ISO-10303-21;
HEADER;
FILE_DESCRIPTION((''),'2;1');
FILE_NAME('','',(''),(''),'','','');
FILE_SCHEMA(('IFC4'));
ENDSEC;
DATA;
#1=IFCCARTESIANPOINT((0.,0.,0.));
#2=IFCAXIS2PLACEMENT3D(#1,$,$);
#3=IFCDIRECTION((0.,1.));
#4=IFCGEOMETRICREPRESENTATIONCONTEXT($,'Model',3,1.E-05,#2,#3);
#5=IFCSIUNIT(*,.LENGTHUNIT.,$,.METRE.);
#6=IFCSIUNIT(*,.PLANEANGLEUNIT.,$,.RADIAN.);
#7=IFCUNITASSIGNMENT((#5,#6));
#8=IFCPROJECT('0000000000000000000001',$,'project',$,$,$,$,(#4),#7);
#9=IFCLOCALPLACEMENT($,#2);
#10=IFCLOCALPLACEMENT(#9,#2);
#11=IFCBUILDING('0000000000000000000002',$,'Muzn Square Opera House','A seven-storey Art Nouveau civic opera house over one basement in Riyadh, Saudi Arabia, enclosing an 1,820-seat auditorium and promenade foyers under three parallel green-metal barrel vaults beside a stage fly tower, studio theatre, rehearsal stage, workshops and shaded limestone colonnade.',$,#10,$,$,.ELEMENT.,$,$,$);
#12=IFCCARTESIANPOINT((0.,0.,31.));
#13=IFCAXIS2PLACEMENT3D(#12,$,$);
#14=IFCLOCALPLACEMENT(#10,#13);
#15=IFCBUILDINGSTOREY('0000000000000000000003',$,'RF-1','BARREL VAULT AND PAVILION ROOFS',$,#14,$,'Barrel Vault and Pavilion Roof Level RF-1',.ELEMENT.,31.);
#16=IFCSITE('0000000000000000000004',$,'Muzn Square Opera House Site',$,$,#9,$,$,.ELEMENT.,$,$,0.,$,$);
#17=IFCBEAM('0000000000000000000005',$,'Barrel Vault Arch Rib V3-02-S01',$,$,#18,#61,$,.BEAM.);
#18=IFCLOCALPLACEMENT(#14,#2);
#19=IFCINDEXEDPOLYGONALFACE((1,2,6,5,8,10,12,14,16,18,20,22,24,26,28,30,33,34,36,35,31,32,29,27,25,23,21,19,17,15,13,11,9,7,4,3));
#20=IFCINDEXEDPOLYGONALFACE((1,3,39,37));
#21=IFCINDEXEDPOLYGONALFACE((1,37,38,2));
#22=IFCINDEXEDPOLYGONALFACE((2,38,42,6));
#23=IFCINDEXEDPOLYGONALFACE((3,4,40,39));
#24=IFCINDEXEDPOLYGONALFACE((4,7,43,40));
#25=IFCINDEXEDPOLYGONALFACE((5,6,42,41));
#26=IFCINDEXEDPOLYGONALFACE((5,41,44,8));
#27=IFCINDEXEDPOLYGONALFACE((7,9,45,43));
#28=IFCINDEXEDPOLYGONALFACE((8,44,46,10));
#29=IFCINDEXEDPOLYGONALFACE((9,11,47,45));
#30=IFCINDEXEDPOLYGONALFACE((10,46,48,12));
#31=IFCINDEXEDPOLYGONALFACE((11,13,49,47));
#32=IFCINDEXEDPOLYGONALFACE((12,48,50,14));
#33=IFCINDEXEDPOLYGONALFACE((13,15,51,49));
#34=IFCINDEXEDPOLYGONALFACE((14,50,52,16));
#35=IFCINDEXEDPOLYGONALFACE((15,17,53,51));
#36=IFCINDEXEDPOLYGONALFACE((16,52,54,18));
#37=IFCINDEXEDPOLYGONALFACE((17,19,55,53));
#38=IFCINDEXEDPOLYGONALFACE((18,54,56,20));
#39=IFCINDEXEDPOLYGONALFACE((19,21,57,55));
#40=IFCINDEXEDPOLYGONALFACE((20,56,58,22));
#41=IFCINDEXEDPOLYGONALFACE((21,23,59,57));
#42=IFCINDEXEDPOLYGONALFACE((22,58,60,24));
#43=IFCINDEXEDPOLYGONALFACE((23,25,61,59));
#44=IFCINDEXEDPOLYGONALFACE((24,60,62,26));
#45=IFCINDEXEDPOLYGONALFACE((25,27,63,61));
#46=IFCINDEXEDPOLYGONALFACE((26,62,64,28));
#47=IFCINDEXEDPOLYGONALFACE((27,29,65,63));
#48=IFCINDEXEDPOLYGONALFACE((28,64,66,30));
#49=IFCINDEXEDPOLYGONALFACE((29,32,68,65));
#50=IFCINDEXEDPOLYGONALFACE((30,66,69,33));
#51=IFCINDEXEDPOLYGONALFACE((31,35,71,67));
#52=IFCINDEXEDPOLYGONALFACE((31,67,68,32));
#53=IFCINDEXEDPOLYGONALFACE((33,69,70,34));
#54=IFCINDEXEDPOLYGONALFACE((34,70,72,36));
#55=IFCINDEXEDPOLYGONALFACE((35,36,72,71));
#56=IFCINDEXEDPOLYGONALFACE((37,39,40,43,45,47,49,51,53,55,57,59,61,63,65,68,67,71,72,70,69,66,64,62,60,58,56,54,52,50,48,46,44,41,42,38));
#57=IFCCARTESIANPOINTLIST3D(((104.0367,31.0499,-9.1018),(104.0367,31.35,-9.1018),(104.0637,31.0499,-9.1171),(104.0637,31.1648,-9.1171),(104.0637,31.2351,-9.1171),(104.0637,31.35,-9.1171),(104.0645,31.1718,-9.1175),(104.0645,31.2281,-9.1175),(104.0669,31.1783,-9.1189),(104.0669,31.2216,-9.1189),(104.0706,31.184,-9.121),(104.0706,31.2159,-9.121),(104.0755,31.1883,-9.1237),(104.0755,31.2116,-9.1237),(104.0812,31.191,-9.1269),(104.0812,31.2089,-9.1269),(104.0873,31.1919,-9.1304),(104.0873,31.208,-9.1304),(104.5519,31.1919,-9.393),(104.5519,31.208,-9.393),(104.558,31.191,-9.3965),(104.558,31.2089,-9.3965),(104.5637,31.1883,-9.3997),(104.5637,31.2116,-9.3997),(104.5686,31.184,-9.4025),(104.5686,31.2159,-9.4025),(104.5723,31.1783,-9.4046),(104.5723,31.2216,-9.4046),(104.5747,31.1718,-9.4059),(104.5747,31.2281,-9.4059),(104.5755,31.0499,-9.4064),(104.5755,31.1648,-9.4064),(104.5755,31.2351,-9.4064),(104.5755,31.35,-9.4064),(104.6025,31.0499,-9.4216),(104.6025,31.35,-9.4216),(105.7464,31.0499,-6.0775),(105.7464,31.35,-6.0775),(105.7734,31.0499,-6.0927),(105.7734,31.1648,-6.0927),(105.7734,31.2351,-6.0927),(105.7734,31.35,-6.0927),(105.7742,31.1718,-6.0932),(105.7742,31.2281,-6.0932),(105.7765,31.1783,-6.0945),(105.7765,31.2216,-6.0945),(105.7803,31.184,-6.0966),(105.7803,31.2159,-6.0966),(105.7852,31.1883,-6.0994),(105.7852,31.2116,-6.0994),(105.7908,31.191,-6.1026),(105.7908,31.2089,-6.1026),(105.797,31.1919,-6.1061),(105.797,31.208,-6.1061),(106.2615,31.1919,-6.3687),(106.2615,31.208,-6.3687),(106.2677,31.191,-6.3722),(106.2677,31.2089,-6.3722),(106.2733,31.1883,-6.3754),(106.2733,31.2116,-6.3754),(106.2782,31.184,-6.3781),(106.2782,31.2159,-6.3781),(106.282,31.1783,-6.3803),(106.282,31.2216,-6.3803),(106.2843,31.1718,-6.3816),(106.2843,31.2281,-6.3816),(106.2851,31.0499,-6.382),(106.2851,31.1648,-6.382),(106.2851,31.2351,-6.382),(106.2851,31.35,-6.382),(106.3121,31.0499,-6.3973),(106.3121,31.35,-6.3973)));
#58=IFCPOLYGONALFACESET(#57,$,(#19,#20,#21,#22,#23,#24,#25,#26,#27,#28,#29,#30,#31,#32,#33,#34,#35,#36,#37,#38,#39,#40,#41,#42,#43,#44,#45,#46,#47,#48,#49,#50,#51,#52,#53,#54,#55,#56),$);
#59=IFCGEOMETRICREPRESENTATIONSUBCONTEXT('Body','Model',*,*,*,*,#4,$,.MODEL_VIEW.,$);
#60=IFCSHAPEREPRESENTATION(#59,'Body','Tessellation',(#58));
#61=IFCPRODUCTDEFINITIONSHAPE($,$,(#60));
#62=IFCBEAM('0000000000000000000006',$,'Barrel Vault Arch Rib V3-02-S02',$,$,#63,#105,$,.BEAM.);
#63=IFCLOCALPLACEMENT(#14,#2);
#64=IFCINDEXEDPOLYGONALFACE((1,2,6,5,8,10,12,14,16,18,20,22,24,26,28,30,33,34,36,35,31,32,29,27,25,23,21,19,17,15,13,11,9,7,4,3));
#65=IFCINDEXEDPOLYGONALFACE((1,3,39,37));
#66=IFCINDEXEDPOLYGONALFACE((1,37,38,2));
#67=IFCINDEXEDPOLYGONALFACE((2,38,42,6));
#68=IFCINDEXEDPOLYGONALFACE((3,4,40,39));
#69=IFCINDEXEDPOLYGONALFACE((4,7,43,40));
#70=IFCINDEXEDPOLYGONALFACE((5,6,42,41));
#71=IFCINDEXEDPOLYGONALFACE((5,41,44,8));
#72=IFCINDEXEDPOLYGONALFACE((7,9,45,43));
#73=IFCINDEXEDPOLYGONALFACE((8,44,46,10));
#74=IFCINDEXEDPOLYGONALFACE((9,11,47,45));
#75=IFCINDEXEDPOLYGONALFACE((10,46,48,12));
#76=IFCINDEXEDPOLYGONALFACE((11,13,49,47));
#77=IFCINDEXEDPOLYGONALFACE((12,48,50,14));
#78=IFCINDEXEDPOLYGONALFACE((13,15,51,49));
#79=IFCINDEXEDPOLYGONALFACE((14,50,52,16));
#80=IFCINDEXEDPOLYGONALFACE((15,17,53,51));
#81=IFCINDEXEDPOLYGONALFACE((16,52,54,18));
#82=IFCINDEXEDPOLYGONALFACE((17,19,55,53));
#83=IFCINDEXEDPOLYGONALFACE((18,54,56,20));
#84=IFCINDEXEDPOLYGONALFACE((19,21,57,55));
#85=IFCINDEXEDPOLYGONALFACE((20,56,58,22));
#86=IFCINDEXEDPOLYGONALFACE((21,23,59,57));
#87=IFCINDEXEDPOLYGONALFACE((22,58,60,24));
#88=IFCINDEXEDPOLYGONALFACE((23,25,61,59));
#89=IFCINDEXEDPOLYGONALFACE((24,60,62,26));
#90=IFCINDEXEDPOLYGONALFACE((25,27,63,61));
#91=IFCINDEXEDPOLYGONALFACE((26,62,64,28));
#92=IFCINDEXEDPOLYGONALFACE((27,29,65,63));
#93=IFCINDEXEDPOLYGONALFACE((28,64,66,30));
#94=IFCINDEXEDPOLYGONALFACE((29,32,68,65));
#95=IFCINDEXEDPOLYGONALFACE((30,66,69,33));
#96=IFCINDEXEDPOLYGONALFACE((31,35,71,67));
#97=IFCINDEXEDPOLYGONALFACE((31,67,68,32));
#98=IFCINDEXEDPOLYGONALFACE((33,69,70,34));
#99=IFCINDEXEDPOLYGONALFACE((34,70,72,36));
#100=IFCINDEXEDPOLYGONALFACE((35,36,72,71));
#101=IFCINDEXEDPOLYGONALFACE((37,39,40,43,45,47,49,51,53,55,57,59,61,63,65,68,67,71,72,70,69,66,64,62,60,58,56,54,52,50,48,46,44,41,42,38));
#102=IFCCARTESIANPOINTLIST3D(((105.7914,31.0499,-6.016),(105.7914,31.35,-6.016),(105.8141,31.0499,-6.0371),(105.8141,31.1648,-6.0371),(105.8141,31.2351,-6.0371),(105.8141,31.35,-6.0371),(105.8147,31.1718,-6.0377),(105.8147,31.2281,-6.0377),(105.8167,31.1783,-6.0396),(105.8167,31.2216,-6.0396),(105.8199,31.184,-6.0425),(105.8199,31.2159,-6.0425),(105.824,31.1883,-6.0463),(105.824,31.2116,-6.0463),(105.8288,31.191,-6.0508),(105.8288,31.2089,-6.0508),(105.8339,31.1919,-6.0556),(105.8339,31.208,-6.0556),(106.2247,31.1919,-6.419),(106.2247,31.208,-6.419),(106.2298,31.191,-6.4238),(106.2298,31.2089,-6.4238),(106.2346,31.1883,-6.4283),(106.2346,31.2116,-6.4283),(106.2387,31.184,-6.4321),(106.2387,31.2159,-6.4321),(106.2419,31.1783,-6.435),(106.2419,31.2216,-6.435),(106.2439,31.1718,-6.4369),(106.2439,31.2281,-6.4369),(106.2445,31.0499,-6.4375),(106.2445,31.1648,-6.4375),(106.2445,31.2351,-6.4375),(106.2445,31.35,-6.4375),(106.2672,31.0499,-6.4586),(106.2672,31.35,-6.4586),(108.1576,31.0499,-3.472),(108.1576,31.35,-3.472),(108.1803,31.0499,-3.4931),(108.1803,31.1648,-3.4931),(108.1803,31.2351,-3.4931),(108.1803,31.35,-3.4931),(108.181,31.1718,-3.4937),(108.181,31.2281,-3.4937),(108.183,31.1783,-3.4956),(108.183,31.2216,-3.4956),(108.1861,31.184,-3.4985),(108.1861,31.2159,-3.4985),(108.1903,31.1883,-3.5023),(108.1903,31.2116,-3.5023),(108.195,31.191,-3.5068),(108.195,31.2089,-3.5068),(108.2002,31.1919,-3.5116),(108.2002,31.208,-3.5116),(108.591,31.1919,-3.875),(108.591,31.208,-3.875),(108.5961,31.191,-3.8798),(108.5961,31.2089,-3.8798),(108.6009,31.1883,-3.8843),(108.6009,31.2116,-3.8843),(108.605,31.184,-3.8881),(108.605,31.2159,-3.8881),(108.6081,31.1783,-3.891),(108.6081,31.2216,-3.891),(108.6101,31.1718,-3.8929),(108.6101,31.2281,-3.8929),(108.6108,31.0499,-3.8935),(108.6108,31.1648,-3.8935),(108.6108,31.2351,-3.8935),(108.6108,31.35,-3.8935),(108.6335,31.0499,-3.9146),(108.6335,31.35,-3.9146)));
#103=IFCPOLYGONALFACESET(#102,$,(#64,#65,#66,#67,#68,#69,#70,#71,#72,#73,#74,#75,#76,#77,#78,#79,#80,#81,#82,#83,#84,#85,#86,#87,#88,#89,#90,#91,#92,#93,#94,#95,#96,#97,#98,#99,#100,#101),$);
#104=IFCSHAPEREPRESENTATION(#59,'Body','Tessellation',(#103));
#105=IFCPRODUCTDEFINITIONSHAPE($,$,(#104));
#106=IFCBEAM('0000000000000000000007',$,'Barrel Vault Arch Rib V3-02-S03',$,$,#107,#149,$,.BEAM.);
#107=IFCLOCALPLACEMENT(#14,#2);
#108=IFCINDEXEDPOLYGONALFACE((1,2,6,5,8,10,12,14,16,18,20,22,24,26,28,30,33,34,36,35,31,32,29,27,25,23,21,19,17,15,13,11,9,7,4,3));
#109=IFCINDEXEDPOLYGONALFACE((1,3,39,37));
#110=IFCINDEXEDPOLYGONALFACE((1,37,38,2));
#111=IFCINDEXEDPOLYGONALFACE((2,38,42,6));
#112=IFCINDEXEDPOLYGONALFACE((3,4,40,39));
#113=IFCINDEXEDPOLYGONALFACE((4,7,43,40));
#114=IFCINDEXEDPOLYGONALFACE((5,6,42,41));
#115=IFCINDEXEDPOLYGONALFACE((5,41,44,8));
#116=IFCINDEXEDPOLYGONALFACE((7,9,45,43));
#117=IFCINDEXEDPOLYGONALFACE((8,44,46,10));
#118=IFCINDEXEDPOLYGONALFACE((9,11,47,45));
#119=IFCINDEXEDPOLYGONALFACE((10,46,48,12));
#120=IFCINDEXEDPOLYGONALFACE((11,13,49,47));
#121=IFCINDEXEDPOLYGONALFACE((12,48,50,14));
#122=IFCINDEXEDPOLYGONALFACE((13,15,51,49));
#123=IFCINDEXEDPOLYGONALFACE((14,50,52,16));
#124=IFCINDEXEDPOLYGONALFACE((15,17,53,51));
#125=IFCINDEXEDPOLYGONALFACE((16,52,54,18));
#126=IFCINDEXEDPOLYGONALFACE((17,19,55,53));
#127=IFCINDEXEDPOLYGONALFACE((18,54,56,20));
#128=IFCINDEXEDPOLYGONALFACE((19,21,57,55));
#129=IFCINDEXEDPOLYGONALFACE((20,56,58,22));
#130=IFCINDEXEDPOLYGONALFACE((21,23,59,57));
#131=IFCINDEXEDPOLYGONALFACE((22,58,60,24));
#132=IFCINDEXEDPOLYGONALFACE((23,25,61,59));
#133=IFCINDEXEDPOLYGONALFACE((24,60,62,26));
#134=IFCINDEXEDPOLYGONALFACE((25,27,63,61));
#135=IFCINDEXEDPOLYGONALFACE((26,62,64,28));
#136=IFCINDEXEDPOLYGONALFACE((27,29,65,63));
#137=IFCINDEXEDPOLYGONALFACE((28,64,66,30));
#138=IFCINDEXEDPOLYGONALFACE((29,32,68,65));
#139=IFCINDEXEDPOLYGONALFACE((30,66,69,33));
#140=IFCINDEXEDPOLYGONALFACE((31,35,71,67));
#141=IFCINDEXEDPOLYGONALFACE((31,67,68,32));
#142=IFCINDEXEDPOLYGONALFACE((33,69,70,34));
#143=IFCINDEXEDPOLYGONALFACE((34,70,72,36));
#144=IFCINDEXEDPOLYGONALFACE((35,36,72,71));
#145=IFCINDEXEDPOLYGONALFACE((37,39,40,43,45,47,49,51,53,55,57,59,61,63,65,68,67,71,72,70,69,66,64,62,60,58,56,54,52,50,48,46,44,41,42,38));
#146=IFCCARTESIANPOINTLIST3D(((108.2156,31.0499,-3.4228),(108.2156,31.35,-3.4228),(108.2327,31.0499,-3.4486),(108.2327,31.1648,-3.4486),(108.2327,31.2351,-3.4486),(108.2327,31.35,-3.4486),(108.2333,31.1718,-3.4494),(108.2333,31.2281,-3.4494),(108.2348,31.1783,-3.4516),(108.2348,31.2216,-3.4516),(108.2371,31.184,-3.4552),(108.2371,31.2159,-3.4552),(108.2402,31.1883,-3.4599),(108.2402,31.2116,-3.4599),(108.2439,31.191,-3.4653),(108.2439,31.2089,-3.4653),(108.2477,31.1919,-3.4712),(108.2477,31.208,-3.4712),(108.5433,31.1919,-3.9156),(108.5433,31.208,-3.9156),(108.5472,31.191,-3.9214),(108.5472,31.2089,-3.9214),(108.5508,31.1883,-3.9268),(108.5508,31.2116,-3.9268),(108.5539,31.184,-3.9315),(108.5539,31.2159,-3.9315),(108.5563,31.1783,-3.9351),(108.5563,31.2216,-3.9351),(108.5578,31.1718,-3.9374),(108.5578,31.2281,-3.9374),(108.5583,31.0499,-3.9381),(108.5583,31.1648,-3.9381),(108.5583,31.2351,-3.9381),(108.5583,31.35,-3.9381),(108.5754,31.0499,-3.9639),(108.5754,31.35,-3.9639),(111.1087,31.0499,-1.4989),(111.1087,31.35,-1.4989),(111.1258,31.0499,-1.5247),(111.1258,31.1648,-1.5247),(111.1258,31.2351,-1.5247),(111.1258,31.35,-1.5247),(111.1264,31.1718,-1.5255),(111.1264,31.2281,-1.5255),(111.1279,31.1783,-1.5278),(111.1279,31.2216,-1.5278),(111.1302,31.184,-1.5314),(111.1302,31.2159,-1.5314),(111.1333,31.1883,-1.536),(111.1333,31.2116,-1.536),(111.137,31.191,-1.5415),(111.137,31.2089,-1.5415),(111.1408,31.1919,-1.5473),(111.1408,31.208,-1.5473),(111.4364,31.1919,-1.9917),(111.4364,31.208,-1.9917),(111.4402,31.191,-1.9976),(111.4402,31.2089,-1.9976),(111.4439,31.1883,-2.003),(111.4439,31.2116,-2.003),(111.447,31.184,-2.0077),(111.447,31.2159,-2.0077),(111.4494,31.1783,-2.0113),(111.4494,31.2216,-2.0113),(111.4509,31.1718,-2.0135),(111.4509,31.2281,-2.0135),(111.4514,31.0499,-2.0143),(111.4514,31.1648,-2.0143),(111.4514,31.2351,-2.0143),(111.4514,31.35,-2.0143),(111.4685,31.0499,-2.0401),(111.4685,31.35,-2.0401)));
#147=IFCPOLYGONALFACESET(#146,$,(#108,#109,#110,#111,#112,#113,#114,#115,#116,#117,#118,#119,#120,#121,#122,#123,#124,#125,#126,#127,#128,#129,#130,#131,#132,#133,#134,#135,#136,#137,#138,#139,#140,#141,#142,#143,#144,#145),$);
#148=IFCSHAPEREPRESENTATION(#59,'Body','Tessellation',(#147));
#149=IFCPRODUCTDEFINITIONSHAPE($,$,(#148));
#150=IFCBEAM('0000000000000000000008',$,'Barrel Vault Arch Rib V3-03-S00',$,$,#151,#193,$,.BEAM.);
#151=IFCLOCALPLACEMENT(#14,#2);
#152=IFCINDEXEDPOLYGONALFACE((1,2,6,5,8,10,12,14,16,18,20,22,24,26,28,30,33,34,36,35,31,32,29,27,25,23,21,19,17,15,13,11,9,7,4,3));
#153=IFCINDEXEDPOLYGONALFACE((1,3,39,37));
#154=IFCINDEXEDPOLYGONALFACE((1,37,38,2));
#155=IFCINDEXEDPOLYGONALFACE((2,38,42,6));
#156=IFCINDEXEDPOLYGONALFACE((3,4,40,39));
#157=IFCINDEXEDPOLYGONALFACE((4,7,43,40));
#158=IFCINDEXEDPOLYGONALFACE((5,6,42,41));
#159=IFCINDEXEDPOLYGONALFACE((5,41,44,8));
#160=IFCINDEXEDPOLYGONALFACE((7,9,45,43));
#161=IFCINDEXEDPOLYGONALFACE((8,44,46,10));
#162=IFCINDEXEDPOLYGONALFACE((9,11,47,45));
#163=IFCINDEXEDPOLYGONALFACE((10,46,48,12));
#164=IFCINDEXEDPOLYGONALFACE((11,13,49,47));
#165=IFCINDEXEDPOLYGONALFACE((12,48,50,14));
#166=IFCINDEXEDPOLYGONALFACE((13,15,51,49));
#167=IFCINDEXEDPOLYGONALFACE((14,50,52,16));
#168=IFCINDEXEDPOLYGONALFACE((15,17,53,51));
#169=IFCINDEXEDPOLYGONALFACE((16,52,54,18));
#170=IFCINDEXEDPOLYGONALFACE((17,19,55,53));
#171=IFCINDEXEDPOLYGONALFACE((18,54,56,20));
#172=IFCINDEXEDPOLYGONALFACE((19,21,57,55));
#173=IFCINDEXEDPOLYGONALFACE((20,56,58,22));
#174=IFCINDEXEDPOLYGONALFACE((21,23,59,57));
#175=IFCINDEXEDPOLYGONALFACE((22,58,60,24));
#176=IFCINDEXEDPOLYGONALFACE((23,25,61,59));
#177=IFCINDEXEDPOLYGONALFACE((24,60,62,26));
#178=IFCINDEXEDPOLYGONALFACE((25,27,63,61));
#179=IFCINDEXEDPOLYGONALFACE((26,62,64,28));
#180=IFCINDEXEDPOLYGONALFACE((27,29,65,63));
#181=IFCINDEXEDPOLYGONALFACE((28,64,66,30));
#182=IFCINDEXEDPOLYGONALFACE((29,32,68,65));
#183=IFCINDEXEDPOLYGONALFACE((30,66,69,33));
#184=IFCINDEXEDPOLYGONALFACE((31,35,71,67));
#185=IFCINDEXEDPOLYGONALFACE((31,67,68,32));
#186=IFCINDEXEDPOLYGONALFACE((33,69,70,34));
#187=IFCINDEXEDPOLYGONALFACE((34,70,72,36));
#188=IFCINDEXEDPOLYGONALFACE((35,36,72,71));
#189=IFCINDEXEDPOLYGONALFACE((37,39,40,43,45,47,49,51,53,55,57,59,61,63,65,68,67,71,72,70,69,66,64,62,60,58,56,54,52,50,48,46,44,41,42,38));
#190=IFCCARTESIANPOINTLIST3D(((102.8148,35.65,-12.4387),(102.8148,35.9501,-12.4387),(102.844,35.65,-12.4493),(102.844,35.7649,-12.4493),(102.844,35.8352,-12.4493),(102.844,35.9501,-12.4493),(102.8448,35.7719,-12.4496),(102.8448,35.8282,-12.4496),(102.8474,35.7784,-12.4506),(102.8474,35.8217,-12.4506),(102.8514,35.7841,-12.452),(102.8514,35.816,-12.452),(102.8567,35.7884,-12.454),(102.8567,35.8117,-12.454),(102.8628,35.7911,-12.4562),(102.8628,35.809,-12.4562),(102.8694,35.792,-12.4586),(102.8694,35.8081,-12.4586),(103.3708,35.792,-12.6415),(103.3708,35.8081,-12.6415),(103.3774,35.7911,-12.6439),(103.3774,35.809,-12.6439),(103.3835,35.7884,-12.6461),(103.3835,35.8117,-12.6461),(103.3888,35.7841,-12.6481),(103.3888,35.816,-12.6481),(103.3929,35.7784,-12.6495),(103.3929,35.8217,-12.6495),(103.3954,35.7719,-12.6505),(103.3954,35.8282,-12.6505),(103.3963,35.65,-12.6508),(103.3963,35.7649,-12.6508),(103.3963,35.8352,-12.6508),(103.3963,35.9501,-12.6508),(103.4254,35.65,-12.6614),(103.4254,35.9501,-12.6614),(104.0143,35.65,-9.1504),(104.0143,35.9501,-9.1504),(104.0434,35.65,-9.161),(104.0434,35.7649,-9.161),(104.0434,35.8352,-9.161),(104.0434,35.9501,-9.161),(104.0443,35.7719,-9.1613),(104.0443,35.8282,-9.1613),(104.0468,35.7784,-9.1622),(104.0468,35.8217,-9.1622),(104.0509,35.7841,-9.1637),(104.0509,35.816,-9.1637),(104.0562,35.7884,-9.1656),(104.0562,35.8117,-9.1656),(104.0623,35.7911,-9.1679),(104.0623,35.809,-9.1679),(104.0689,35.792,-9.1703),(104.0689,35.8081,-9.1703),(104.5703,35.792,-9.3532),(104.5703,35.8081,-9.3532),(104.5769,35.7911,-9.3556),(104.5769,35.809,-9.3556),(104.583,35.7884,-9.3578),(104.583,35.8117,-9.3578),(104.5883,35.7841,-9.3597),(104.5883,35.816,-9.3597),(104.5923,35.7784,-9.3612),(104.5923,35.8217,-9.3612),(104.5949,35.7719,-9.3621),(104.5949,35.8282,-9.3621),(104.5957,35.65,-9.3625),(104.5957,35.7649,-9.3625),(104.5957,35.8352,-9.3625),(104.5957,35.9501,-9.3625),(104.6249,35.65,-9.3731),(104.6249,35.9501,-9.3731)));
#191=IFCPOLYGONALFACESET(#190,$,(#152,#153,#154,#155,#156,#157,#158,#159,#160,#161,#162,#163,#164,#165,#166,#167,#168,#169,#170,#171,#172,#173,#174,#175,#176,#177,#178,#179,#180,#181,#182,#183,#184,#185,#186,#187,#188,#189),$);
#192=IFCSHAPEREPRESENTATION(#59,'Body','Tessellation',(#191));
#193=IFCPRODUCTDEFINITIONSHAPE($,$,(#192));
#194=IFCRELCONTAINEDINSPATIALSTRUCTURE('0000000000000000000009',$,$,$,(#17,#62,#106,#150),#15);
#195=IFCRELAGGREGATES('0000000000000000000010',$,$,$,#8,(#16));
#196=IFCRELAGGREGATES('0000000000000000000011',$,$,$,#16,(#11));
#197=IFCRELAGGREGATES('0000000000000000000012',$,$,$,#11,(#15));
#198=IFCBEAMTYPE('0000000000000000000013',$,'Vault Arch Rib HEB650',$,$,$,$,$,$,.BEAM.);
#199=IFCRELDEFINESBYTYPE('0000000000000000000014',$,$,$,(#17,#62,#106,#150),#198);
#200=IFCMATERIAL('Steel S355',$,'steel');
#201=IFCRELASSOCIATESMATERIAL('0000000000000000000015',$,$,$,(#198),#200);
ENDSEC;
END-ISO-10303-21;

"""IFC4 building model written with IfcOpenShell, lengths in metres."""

from ifc_helpers import new_model, si_unit, direction, frame, origin, origin_2d, place, context, subcontext, project, spatial, i_section, extrude, material, material_profile, profile_set, type_object, element, save


model = new_model("IFC4")

# Units and contexts
model_context = context("Model", 3, precision=1e-05, world=origin(), true_north=direction((0.0, 1.0)))
body_context = subcontext(model_context, "Body", "Model", "MODEL_VIEW")
ifc_project = project(units=[si_unit("LENGTHUNIT", "METRE"), si_unit("PLANEANGLEUNIT", "RADIAN")], contexts=[model_context])

# Site, building, storey
site_placement = place(None, origin())
site = spatial("IfcSite", under=ifc_project, at=site_placement, Name="Muzn Square Opera House Site", CompositionType="ELEMENT", RefElevation=0.0)
building_placement = place(site_placement, origin())
building = spatial("IfcBuilding", under=site, at=building_placement, Name="Muzn Square Opera House", Description="A seven-storey Art Nouveau civic opera house over one basement in Riyadh, Saudi Arabia, enclosing an 1,820-seat auditorium and promenade foyers under three parallel green-metal barrel vaults beside a stage fly tower, studio theatre, rehearsal stage, workshops and shaded limestone colonnade.", CompositionType="ELEMENT")
storey_placement = place(building_placement, frame((0.0, 0.0, 31.0)))
storey = spatial("IfcBuildingStorey", under=building, at=storey_placement, Name="RF-1", Description="BARREL VAULT AND PAVILION ROOFS", LongName="Barrel Vault and Pavilion Roof Level RF-1", CompositionType="ELEMENT", Elevation=31.0)

# Beams
ifc_material_1 = material(Name="Steel S355", Category="steel")
ifc_material_profile_1 = material_profile(ifc_material_1, i_section(OverallWidth=0.3, OverallDepth=0.6499, WebThickness=0.0161, FlangeThickness=0.031, FilletRadius=0.0271, at=origin_2d()), Name="HEB 650", Category="steel")
ifc_profile_set_1 = profile_set([ifc_material_profile_1], Name="Steel S355")
beam_type_1 = type_object("IfcBeamType", Name="Vault Arch Rib HEB650", PredefinedType="BEAM", material=ifc_profile_set_1)
beam_1_placement = place(storey_placement, frame((104.3196, 31.2, -9.2617), z_axis=(0.492115, 0.0, 0.87053), x_axis=(0.0, 1.0, 0.0)))
element("IfcBeam", 1, at=beam_1_placement, inside=storey, type_object=beam_type_1, Name="Barrel Vault Arch Rib V3-02-S01", PredefinedType="BEAM", context=body_context, shape_type="SweptSolid", body=[
    extrude(i_section(OverallWidth=0.3, OverallDepth=0.6499, WebThickness=0.0161, FlangeThickness=0.031, FilletRadius=0.0271, at=origin_2d()), origin(), (0.0, 0.0, 1.0), 3.4741),
])
for number, where, z_axis, x_axis, name in (
    (2, (106.0293, 31.2, -6.2373), (0.681065, 0.0, 0.732223), (0.0, 1.0, 0.0), "Barrel Vault Arch Rib V3-02-S02"),
    (3, (108.3955, 31.2, -3.6934), (0.832698, 0.0, 0.553727), (0.0, 1.0, 0.0), "Barrel Vault Arch Rib V3-02-S03"),
):
    element("IfcBeam", number, at=place(storey_placement, frame(where, z_axis=z_axis, x_axis=x_axis)), inside=storey, type_object=beam_type_1, Name=name, PredefinedType="BEAM", context=body_context, shape_type="SweptSolid", body=[
        extrude(i_section(OverallWidth=0.3, OverallDepth=0.6499, WebThickness=0.0161, FlangeThickness=0.031, FilletRadius=0.0271, at=origin_2d()), origin(), (0.0, 0.0, 1.0), 3.4744),
    ])
beam_2_placement = place(storey_placement, frame((103.1201, 35.8, -12.55), z_axis=(0.342678, 0.0, 0.939453), x_axis=(0.0, 1.0, 0.0)))
element("IfcBeam", 4, at=beam_2_placement, inside=storey, type_object=beam_type_1, Name="Barrel Vault Arch Rib V3-03-S00", PredefinedType="BEAM", context=body_context, shape_type="SweptSolid", body=[
    extrude(i_section(OverallWidth=0.3, OverallDepth=0.6499, WebThickness=0.0161, FlangeThickness=0.031, FilletRadius=0.0271, at=origin_2d()), origin(), (0.0, 0.0, 1.0), 3.5002),
])

save(model, "model.ifc")
